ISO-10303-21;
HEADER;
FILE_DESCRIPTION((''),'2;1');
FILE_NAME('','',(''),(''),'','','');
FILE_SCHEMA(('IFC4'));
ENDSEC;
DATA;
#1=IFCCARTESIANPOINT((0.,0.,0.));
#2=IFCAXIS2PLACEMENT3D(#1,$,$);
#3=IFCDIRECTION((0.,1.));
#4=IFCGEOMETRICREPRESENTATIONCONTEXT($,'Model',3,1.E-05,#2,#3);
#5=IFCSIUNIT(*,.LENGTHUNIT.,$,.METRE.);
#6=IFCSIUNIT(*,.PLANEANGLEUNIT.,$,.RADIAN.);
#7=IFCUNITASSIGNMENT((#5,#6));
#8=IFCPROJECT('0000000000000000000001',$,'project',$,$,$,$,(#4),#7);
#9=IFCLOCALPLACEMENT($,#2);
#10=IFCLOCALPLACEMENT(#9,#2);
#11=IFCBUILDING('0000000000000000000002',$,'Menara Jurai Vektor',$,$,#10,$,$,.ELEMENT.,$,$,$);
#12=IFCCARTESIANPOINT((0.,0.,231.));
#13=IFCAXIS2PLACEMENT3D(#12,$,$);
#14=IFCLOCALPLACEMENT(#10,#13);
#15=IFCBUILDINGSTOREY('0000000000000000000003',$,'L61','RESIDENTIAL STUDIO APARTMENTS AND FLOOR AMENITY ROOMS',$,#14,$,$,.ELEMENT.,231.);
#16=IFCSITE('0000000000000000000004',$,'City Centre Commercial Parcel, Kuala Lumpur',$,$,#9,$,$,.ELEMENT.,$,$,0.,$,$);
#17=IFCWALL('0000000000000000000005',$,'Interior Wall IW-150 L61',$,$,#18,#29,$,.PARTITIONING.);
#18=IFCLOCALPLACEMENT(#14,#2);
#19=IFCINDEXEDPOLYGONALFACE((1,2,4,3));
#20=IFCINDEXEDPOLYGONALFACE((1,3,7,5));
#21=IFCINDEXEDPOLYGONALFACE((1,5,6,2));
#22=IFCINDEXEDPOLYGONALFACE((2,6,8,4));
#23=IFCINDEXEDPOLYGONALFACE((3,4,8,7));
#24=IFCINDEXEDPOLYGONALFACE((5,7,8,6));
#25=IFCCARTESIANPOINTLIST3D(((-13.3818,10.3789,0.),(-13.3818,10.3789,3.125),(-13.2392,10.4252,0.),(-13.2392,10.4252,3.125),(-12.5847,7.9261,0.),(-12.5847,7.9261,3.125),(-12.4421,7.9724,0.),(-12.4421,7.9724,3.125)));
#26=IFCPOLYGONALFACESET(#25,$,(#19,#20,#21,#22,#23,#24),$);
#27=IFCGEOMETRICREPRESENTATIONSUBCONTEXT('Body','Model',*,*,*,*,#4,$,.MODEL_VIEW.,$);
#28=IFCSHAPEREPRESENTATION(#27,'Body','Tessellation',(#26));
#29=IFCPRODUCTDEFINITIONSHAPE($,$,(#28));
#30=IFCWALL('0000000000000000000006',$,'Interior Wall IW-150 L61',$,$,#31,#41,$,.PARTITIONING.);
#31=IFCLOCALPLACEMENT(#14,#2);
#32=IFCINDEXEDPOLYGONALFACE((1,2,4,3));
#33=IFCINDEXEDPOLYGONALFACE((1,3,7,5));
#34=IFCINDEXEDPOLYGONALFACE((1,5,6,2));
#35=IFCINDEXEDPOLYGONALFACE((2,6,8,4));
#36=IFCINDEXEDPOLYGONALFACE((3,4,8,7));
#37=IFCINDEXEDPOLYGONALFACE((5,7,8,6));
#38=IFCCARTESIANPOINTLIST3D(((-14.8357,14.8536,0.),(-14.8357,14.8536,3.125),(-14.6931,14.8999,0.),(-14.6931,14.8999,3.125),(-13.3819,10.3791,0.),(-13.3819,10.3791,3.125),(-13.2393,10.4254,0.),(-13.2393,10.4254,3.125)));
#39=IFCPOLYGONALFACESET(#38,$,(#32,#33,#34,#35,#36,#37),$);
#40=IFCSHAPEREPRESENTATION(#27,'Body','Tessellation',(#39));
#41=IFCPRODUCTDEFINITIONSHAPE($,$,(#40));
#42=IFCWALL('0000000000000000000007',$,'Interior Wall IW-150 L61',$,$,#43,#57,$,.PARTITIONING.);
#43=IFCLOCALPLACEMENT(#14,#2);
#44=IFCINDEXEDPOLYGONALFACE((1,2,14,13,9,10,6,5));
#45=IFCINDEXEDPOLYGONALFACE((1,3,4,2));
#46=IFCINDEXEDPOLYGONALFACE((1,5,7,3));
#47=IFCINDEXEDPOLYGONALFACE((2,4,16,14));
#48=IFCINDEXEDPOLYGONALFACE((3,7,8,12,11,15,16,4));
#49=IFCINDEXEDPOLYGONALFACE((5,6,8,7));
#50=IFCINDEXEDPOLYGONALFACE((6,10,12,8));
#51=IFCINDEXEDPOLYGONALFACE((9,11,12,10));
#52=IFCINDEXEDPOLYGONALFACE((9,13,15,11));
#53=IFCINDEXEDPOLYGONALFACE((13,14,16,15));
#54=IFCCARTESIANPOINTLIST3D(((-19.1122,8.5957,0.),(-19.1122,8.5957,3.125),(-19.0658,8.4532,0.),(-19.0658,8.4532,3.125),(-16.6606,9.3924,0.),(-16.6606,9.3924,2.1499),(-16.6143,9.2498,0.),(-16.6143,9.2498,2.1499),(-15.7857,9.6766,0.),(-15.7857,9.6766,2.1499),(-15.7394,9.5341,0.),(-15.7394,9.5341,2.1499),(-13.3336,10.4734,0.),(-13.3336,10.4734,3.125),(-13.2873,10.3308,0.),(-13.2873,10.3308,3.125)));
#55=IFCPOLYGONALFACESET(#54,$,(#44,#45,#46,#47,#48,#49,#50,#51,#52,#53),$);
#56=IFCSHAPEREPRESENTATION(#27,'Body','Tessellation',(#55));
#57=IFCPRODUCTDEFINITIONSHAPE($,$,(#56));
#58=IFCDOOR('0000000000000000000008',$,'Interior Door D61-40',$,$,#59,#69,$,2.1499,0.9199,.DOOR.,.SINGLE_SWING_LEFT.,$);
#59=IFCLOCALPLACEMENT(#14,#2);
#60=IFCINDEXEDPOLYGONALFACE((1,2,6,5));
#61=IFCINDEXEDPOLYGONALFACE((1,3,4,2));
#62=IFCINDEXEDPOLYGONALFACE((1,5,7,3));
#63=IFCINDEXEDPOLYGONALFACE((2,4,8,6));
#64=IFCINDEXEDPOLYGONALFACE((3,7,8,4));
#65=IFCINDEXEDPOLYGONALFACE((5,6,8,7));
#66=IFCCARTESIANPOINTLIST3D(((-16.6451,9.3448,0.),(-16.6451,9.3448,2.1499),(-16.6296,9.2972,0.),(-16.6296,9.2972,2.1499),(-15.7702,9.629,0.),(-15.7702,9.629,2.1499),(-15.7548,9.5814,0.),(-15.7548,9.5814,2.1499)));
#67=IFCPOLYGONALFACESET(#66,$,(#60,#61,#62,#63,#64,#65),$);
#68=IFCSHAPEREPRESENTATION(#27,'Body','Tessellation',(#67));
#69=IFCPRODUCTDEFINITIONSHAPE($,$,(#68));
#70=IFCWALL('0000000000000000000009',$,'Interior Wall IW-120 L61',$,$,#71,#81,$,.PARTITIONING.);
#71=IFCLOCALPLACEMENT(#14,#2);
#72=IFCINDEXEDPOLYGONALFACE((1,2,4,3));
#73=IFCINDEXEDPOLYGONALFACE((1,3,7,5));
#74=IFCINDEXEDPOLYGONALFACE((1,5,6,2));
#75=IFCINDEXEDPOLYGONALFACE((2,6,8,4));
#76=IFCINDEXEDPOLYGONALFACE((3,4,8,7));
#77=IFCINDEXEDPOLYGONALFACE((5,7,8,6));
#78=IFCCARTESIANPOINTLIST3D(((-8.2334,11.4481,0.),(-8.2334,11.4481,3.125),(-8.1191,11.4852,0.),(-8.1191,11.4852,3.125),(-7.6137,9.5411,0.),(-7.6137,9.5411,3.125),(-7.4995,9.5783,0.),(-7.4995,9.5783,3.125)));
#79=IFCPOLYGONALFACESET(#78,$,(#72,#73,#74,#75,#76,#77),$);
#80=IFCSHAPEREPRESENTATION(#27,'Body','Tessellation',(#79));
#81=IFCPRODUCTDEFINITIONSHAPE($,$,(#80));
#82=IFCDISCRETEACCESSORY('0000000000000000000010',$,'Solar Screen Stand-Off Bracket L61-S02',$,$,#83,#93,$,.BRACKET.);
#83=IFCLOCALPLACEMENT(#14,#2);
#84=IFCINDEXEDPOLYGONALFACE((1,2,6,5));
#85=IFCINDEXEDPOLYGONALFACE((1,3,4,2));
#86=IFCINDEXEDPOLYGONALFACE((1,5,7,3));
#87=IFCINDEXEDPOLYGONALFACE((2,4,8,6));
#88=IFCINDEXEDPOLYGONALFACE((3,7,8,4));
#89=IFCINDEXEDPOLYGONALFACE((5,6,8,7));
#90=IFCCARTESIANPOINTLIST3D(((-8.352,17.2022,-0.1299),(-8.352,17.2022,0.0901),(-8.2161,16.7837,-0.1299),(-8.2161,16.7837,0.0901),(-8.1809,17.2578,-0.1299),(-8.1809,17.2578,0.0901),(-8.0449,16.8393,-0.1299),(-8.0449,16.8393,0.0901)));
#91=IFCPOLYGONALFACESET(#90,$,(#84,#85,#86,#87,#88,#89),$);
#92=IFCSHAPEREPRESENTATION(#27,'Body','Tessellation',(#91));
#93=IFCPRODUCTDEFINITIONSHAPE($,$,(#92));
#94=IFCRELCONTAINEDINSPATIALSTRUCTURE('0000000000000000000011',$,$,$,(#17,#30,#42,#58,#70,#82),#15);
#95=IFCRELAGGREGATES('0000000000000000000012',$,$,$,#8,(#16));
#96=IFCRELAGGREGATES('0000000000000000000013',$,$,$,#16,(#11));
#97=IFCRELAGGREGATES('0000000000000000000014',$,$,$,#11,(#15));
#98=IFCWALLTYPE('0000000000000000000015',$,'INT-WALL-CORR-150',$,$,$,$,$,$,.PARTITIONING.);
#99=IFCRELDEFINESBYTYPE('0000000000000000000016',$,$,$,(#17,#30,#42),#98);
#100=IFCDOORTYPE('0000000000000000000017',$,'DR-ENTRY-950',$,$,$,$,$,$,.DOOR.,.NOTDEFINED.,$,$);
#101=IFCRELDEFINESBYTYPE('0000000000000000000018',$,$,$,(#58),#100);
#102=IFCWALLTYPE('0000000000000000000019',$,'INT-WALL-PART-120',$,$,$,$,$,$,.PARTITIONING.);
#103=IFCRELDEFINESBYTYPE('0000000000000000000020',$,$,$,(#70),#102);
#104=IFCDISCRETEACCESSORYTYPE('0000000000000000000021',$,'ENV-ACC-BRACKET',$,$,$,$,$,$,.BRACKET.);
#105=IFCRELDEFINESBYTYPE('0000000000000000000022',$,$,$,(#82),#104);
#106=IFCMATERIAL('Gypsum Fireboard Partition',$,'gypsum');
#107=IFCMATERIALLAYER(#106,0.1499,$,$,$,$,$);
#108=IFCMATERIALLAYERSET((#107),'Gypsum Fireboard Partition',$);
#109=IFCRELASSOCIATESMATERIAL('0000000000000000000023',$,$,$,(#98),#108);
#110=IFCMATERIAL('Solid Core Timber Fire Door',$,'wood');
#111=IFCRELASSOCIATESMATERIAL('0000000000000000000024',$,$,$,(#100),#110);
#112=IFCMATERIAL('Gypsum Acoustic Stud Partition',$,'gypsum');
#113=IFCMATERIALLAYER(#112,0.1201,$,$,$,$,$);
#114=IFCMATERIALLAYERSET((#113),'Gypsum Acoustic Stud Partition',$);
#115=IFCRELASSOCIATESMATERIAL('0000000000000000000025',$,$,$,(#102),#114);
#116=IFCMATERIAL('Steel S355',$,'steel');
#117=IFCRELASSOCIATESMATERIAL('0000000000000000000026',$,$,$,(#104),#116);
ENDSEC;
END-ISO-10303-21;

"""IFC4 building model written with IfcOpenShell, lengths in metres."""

from ifc_helpers import new_model, si_unit, direction, frame, frame_2d, origin, origin_2d, place, context, subcontext, project, spatial, rectangle, extrude, material, layer, layer_set, type_object, element, fill, save


model = new_model("IFC4")

# Units and contexts
model_context = context("Model", 3, precision=1e-05, world=origin(), true_north=direction((0.0, 1.0)))
body_context = subcontext(model_context, "Body", "Model", "MODEL_VIEW")
ifc_project = project(units=[si_unit("LENGTHUNIT", "METRE"), si_unit("PLANEANGLEUNIT", "RADIAN")], contexts=[model_context])

# Site, building, storey
site_placement = place(None, origin())
site = spatial("IfcSite", under=ifc_project, at=site_placement, Name="City Centre Commercial Parcel, Kuala Lumpur", CompositionType="ELEMENT", RefElevation=0.0)
building_placement = place(site_placement, origin())
building = spatial("IfcBuilding", under=site, at=building_placement, Name="Menara Jurai Vektor", CompositionType="ELEMENT")
storey_placement = place(building_placement, frame((0.0, 0.0, 231.0)))
storey = spatial("IfcBuildingStorey", under=building, at=storey_placement, Name="L61", Description="RESIDENTIAL STUDIO APARTMENTS AND FLOOR AMENITY ROOMS", CompositionType="ELEMENT", Elevation=231.0)

# Shared definitions
ifc_material_1 = material(Name="Steel S355", Category="steel")

# Shared definitions
ifc_material_2 = material(Name="Gypsum Fireboard Partition", Category="gypsum")
ifc_layer_1 = layer(ifc_material_2, 0.1499)
ifc_layer_set_1 = layer_set([ifc_layer_1], Name="Gypsum Fireboard Partition")
wall_type_1 = type_object("IfcWallType", Name="INT-WALL-CORR-150", PredefinedType="PARTITIONING", material=ifc_layer_set_1)
ifc_material_3 = material(Name="Solid Core Timber Fire Door", Category="wood")
door_type_1 = type_object("IfcDoorType", Name="DR-ENTRY-950", OperationType="NOTDEFINED", PredefinedType="DOOR", material=ifc_material_3)

# Walls
wall_1_placement = place(storey_placement, frame((-12.5134, 7.9492, 0.0), z_axis=(0.0, 0.0, 1.0), x_axis=(-0.309063, 0.951042, 0.0)))
element("IfcWall", 1, at=wall_1_placement, inside=storey, type_object=wall_type_1, Name="Interior Wall IW-150 L61", PredefinedType="PARTITIONING", context=body_context, shape_type="SweptSolid", body=[
    extrude(rectangle(XDim=2.5791, YDim=0.1499, at=frame_2d((1.2896, 0.0))), origin(), (0.0, 0.0, 1.0), 3.125),
])
wall_2_placement = place(storey_placement, frame((-13.3105, 10.4021, 0.0), z_axis=(0.0, 0.0, 1.0), x_axis=(-0.309011, 0.951058, 0.0)))
element("IfcWall", 2, at=wall_2_placement, inside=storey, type_object=wall_type_1, Name="Interior Wall IW-150 L61", PredefinedType="PARTITIONING", context=body_context, shape_type="SweptSolid", body=[
    extrude(rectangle(XDim=4.7048, YDim=0.1499, at=frame_2d((2.3525, 0.0))), origin(), (0.0, 0.0, 1.0), 3.125),
])

# Wall, opening, door
wall_3_placement = place(storey_placement, frame((-19.0891, 8.5244, 0.0), z_axis=(0.0, 0.0, 1.0), x_axis=(0.951051, 0.309034, 0.0)))
wall_3 = element("IfcWall", 3, at=wall_3_placement, inside=storey, type_object=wall_type_1, Name="Interior Wall IW-150 L61", PredefinedType="PARTITIONING", context=body_context, shape_type="SweptSolid", body=[
    extrude(rectangle(XDim=6.0759, YDim=0.1499, at=frame_2d((3.0381, 0.0))), origin(), (0.0, 0.0, 1.0), 3.125),
])
opening_1_placement = place(wall_3_placement, frame((2.5779, 0.0, 0.0)))
opening_1 = element("IfcOpeningElement", 4, at=opening_1_placement, cuts=wall_3, PredefinedType="OPENING", context=body_context, shape_type="SweptSolid", body=[
    extrude(rectangle(XDim=0.9199, YDim=2.1499, at=frame_2d((0.46, 1.075))), frame((0.0, 0.085, 0.0), z_axis=(0.0, -1.0, 0.0), x_axis=(1.0, 0.0, 0.0)), (0.0, 0.0, 1.0), 0.1699),
])
door_1_placement = place(opening_1_placement, origin())
door_1 = element("IfcDoor", 5, at=door_1_placement, inside=storey, type_object=door_type_1, Name="Interior Door D61-40", OperationType="SINGLE_SWING_LEFT", OverallHeight=2.1499, OverallWidth=0.9199, PredefinedType="DOOR", context=body_context, shape_type="SweptSolid", body=[
    extrude(rectangle(XDim=0.9199, YDim=2.1499, at=frame_2d((0.46, 1.075))), frame((0.0, 0.0249, 0.0), z_axis=(0.0, -1.0, 0.0), x_axis=(1.0, 0.0, 0.0)), (0.0, 0.0, 1.0), 0.05),
])
fill(opening_1, door_1)

# Wall
ifc_material_4 = material(Name="Gypsum Acoustic Stud Partition", Category="gypsum")
ifc_layer_2 = layer(ifc_material_4, 0.1201)
ifc_layer_set_2 = layer_set([ifc_layer_2], Name="Gypsum Acoustic Stud Partition")
wall_type_2 = type_object("IfcWallType", Name="INT-WALL-PART-120", PredefinedType="PARTITIONING", material=ifc_layer_set_2)
wall_4_placement = place(storey_placement, frame((-7.5566, 9.5598, 0.0), z_axis=(0.0, 0.0, 1.0), x_axis=(-0.309023, 0.951055, 0.0)))
element("IfcWall", 6, at=wall_4_placement, inside=storey, type_object=wall_type_2, Name="Interior Wall IW-120 L61", PredefinedType="PARTITIONING", context=body_context, shape_type="SweptSolid", body=[
    extrude(rectangle(XDim=2.0051, YDim=0.1201, at=frame_2d((1.0024, 0.0))), origin(), (0.0, 0.0, 1.0), 3.125),
])

# Discrete accessory
discrete_accessory_type = type_object("IfcDiscreteAccessoryType", Name="ENV-ACC-BRACKET", PredefinedType="BRACKET", material=ifc_material_1)
discrete_accessory_placement = place(storey_placement, frame((-8.1985, 17.0208, -0.1299), z_axis=(0.0, 0.0, 1.0), x_axis=(-0.951057, -0.309017, 0.0)))
element("IfcDiscreteAccessory", 7, at=discrete_accessory_placement, inside=storey, type_object=discrete_accessory_type, Name="Solar Screen Stand-Off Bracket L61-S02", PredefinedType="BRACKET", context=body_context, shape_type="SweptSolid", body=[
    extrude(rectangle(XDim=0.1799, YDim=0.4399, at=origin_2d()), origin(), (0.0, 0.0, 1.0), 0.22),
])

save(model, "model.ifc")
